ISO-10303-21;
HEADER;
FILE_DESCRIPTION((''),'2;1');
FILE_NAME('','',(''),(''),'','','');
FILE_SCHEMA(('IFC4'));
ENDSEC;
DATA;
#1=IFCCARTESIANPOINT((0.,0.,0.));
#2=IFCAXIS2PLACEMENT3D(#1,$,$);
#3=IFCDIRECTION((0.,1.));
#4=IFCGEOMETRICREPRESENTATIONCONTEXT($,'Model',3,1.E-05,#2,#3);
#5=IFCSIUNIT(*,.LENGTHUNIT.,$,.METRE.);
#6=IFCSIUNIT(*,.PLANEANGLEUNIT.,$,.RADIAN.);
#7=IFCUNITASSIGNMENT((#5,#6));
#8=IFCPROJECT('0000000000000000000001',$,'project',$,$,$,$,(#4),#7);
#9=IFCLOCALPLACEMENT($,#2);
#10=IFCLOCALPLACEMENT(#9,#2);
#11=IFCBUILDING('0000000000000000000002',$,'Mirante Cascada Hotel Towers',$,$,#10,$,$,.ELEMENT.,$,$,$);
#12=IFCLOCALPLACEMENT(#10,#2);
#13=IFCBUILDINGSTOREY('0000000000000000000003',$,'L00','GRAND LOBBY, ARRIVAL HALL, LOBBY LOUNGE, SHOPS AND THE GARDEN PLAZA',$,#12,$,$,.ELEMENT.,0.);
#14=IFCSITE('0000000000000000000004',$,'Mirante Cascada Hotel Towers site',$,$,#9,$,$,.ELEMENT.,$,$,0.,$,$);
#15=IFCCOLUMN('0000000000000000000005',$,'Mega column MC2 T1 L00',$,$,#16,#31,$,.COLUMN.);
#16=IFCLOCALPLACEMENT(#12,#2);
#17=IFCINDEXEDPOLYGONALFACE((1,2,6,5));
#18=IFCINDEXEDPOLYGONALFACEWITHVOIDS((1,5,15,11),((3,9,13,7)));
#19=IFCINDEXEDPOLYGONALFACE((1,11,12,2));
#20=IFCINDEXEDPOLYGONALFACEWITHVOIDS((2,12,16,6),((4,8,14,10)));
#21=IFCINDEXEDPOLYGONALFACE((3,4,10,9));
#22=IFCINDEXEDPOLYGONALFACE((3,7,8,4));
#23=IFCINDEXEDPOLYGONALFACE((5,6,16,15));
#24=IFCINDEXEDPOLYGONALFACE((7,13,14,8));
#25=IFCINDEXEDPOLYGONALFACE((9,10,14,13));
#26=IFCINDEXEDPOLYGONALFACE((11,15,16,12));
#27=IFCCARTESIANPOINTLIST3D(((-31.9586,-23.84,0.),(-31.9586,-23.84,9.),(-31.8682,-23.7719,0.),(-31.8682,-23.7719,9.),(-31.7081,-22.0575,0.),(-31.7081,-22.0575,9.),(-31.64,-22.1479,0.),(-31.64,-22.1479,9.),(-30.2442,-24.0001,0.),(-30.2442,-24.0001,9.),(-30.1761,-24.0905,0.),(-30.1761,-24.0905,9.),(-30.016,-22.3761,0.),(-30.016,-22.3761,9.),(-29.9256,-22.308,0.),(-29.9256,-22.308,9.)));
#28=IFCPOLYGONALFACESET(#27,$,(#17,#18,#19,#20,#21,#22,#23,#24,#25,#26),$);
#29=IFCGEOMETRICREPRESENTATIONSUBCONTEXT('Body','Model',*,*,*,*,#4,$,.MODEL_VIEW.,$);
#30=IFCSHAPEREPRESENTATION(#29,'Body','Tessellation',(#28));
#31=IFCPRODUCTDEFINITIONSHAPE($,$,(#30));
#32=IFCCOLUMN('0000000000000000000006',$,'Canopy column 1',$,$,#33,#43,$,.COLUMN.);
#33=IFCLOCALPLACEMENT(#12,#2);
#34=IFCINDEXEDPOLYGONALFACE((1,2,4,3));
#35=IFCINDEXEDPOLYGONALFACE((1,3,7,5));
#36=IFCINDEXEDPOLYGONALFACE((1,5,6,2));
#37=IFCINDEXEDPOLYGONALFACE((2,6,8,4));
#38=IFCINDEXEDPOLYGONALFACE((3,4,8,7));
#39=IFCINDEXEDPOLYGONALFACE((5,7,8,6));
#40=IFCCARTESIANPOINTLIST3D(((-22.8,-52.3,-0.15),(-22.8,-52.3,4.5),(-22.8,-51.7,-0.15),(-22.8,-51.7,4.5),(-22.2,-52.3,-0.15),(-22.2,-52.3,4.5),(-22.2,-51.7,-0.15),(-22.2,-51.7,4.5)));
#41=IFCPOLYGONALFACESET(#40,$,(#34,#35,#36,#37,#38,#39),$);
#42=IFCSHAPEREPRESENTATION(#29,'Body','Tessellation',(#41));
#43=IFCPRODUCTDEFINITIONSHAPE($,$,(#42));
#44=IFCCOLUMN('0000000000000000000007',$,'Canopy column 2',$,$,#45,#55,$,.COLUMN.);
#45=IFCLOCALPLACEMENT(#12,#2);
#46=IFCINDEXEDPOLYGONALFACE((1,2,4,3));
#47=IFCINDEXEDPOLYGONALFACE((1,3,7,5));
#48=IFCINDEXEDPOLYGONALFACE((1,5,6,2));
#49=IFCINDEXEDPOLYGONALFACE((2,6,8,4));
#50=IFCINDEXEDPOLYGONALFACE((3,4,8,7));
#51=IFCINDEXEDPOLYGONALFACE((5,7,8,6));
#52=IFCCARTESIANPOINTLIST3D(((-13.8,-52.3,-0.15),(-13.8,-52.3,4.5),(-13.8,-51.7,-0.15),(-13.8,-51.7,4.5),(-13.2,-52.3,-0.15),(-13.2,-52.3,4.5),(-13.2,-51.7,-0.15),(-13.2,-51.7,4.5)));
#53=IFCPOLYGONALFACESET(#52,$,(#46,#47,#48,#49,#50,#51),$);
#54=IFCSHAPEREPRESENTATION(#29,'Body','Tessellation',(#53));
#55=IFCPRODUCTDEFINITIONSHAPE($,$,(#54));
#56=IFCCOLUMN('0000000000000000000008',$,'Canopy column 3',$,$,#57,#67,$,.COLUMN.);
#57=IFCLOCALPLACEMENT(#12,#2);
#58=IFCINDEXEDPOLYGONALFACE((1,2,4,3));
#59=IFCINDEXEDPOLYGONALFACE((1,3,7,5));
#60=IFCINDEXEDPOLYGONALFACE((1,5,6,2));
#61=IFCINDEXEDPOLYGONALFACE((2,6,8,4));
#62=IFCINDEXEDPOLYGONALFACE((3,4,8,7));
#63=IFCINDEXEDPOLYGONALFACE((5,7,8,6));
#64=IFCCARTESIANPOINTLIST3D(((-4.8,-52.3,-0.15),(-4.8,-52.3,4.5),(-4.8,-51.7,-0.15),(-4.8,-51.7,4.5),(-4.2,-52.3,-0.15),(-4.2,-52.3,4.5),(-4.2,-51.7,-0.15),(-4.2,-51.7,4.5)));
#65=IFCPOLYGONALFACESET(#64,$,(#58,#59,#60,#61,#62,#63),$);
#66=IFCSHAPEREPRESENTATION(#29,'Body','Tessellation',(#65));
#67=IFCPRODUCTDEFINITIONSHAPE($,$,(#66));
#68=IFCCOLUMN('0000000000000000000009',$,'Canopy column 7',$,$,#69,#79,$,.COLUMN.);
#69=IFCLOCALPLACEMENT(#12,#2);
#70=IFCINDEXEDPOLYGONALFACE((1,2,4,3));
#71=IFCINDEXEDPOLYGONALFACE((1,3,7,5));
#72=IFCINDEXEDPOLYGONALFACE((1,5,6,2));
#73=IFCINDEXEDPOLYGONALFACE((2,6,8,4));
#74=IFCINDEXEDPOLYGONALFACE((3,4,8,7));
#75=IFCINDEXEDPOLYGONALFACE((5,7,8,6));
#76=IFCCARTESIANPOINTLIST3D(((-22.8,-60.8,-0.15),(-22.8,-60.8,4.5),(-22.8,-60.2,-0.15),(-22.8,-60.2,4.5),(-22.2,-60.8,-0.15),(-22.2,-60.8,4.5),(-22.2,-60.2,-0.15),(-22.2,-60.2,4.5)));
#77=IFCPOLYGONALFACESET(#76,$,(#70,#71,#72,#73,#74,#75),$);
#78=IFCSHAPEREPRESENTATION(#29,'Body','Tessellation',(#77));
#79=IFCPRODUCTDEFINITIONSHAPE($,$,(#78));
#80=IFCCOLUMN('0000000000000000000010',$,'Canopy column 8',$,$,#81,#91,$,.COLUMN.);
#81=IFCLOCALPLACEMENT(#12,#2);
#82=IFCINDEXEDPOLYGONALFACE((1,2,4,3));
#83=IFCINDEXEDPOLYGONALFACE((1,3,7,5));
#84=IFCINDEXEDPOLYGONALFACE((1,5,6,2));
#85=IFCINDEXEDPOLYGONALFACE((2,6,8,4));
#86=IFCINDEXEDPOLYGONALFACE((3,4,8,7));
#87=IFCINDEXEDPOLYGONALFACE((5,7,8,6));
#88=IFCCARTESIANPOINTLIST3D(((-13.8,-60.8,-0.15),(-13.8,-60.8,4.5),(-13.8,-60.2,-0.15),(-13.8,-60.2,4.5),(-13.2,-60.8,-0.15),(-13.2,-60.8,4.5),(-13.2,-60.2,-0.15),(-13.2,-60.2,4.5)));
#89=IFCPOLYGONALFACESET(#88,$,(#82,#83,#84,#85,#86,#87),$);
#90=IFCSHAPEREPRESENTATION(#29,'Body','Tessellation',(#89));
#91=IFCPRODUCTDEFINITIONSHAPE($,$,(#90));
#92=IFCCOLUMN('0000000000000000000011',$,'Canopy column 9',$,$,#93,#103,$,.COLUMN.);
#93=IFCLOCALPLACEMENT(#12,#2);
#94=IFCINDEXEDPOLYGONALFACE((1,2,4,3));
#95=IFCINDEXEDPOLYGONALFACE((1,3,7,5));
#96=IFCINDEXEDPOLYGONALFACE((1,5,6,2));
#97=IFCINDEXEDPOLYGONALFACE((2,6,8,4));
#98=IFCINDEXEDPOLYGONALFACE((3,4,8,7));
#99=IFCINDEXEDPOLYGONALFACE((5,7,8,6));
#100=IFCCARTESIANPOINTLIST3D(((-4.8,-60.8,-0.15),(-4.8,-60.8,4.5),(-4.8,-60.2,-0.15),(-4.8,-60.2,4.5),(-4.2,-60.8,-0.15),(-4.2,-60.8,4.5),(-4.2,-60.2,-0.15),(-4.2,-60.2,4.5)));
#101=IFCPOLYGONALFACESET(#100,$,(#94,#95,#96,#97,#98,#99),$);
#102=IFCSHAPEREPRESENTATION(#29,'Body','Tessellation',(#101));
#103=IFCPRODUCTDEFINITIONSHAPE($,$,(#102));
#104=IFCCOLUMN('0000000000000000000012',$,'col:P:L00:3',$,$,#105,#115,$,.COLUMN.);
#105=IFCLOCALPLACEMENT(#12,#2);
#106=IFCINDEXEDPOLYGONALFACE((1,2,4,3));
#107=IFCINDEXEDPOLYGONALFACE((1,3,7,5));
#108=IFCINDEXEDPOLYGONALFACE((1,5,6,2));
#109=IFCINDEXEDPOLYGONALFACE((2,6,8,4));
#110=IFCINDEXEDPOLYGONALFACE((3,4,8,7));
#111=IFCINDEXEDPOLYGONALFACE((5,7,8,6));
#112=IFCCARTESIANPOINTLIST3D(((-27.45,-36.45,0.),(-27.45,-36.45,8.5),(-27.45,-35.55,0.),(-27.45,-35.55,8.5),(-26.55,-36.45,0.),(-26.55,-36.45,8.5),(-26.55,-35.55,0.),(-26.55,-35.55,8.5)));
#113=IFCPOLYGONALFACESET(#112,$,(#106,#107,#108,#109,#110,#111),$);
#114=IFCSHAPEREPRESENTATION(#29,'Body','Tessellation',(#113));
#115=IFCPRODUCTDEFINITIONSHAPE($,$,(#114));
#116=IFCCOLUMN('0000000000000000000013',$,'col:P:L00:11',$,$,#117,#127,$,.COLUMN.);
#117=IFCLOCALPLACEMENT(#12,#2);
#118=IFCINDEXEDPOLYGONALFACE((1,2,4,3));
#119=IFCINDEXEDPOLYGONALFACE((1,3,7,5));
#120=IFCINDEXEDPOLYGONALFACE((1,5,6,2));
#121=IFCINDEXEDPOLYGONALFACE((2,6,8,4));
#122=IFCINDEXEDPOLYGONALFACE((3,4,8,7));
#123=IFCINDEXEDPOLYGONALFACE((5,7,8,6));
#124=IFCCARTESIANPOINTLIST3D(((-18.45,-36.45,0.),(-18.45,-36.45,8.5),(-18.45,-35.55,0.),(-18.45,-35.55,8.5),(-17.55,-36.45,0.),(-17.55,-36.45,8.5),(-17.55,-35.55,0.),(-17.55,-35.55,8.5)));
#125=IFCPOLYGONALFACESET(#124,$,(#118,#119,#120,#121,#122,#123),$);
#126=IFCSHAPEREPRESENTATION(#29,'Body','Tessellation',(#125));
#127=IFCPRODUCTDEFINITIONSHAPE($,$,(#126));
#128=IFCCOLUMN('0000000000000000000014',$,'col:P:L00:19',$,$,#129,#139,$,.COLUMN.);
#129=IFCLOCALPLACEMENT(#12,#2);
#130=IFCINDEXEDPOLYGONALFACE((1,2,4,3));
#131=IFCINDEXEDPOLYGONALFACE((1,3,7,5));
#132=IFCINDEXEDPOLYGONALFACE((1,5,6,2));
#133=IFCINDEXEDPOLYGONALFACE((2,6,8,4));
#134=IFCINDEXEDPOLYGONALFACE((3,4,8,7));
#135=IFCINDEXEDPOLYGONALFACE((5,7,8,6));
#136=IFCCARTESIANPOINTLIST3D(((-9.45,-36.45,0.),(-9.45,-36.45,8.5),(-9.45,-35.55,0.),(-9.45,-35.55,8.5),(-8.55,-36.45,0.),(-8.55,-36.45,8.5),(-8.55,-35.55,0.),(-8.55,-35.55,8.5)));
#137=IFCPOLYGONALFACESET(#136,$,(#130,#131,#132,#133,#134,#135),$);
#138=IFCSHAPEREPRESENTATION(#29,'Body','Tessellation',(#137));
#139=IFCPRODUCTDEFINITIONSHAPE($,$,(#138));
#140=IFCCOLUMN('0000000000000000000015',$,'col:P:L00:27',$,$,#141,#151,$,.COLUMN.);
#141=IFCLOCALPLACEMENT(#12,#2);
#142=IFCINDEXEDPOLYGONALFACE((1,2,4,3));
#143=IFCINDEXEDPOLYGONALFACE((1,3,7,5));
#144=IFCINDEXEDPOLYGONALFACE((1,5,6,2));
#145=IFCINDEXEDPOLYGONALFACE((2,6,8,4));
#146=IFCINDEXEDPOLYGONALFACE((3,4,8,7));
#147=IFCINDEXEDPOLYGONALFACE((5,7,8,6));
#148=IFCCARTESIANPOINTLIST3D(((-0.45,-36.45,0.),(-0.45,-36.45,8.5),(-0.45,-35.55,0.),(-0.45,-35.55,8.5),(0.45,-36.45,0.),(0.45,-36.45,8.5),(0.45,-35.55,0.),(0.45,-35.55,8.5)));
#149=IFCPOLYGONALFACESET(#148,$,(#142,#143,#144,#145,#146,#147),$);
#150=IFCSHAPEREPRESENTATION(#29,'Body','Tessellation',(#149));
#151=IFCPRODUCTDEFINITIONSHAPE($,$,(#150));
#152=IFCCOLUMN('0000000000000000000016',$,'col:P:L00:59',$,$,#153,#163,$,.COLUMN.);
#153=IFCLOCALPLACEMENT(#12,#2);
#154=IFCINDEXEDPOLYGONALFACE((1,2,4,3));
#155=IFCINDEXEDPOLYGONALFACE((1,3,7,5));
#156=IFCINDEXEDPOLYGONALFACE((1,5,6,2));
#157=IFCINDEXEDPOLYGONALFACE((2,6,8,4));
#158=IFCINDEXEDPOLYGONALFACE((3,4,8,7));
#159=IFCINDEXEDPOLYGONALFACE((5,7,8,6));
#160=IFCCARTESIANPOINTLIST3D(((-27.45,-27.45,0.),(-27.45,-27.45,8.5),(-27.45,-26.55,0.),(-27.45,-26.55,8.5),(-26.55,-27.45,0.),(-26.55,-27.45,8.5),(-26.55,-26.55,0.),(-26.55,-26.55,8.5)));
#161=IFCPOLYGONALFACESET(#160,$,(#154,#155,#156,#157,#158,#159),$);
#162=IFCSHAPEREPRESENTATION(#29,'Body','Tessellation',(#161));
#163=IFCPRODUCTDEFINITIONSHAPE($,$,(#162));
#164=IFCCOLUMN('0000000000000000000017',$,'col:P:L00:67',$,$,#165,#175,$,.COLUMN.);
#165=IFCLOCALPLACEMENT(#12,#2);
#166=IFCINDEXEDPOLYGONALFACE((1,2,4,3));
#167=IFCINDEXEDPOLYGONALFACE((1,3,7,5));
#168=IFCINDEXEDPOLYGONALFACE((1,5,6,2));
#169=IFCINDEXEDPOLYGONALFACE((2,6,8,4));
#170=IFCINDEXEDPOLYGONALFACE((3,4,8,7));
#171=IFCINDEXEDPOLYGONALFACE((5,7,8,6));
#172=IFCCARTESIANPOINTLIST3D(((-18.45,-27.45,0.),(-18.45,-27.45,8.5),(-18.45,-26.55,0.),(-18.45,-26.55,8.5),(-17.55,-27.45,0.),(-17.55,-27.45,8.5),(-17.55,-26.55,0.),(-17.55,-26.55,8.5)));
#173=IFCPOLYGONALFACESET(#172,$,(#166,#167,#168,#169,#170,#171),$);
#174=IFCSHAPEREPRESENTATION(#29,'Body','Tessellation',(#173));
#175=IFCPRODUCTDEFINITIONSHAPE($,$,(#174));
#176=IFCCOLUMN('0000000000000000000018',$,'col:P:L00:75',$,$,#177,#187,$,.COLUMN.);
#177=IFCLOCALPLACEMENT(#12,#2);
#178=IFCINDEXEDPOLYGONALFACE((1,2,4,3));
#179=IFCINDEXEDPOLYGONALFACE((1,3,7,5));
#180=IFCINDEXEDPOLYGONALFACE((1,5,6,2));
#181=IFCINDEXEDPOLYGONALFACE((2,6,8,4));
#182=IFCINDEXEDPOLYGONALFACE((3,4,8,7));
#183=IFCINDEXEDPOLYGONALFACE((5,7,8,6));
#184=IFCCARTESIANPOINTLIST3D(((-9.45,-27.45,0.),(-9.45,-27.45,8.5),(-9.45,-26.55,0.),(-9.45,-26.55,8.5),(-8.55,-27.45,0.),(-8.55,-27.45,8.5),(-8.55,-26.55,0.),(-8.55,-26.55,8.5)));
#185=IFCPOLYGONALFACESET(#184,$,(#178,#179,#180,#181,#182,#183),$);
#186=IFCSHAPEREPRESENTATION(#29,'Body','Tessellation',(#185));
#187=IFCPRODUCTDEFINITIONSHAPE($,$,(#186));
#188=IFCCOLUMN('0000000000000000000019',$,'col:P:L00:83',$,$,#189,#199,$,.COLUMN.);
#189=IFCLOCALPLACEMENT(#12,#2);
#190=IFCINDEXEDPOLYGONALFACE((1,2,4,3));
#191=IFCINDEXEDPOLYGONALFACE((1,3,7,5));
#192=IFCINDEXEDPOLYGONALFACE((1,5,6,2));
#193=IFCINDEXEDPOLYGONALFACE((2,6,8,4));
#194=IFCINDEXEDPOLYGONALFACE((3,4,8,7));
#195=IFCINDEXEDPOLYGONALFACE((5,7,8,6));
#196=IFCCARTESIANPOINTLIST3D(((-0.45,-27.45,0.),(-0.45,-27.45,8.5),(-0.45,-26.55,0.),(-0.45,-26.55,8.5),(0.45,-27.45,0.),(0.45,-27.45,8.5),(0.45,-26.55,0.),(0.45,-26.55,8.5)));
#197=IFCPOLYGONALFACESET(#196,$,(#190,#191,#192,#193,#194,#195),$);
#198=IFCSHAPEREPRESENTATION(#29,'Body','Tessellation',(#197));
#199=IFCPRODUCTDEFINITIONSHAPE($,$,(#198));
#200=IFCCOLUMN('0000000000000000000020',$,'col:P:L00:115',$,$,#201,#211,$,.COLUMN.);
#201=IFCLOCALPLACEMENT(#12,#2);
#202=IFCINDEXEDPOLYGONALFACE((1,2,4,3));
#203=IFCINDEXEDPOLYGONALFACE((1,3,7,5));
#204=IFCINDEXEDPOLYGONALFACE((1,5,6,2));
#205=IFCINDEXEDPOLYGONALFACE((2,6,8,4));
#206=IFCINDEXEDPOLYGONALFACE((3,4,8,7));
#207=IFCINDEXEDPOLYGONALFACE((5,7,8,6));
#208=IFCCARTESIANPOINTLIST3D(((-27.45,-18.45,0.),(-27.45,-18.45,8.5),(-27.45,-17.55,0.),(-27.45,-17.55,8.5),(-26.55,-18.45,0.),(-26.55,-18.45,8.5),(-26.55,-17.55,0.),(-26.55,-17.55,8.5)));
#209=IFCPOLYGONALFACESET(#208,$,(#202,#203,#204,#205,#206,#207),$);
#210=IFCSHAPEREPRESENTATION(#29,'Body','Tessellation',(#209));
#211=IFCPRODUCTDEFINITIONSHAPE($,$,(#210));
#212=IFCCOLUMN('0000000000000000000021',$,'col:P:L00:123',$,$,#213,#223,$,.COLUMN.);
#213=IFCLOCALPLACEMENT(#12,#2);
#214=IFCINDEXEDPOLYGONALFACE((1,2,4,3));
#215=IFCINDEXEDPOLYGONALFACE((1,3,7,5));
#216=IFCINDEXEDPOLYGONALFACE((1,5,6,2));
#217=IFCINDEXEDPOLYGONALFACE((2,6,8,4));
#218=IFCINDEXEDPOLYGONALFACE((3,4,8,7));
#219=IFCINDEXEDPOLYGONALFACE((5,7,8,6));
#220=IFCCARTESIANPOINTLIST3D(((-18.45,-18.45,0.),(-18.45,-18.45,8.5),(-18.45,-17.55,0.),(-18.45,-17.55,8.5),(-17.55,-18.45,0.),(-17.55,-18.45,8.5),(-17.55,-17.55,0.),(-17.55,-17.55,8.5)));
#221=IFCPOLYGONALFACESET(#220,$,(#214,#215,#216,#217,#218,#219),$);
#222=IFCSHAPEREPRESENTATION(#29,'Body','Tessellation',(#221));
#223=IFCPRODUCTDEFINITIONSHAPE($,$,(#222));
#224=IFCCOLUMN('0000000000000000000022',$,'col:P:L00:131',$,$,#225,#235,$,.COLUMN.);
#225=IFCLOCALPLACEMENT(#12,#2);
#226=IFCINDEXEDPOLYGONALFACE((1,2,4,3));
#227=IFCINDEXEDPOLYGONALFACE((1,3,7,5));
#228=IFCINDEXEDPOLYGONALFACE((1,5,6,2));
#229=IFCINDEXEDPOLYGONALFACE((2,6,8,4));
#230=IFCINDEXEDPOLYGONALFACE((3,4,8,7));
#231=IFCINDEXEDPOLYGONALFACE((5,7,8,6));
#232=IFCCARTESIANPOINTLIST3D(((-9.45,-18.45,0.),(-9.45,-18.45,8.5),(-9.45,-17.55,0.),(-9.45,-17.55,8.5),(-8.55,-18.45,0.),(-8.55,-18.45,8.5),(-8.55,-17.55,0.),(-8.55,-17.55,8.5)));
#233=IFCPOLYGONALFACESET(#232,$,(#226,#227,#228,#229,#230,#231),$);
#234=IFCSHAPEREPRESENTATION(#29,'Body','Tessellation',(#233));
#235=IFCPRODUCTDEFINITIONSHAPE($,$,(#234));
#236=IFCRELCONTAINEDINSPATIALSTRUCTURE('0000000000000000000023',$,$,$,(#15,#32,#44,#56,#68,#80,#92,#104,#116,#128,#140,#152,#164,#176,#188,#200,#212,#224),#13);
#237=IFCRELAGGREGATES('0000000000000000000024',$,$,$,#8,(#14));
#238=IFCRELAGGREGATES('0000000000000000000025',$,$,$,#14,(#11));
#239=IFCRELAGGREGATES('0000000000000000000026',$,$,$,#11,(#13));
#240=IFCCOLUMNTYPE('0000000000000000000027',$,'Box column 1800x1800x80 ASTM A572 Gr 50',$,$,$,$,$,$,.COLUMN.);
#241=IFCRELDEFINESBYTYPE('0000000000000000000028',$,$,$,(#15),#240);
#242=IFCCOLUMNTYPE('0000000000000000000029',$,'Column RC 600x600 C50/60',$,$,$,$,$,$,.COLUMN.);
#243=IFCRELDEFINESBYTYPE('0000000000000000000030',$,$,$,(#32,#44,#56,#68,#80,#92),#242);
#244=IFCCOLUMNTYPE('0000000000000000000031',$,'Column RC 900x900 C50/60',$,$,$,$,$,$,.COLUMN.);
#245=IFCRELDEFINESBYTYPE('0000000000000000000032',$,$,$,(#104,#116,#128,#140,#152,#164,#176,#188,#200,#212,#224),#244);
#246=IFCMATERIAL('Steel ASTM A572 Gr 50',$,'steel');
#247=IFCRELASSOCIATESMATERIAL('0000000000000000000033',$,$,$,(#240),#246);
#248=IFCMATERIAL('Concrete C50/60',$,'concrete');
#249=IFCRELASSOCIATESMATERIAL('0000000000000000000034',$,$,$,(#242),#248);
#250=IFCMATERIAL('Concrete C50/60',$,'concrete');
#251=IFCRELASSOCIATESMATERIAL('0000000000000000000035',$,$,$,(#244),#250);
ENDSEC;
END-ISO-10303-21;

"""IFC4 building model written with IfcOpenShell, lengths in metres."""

from ifc_helpers import new_model, si_unit, direction, frame, origin, origin_2d, place, context, subcontext, project, spatial, rectangle, hollow_rectangle, extrude, material, material_profile, profile_set, type_object, element, save


model = new_model("IFC4")

# Units and contexts
model_context = context("Model", 3, precision=1e-05, world=origin(), true_north=direction((0.0, 1.0)))
body_context = subcontext(model_context, "Body", "Model", "MODEL_VIEW")
ifc_project = project(units=[si_unit("LENGTHUNIT", "METRE"), si_unit("PLANEANGLEUNIT", "RADIAN")], contexts=[model_context])

# Site, building, storey
site_placement = place(None, origin())
site = spatial("IfcSite", under=ifc_project, at=site_placement, Name="Mirante Cascada Hotel Towers site", CompositionType="ELEMENT", RefElevation=0.0)
building_placement = place(site_placement, origin())
building = spatial("IfcBuilding", under=site, at=building_placement, Name="Mirante Cascada Hotel Towers", CompositionType="ELEMENT")
storey_placement = place(building_placement, origin())
storey = spatial("IfcBuildingStorey", under=building, at=storey_placement, Name="L00", Description="GRAND LOBBY, ARRIVAL HALL, LOBBY LOUNGE, SHOPS AND THE GARDEN PLAZA", CompositionType="ELEMENT", Elevation=0.0)

# Columns
ifc_material_1 = material(Name="Steel ASTM A572 Gr 50", Category="steel")
ifc_material_profile_1 = material_profile(ifc_material_1, hollow_rectangle(XDim=1.8, YDim=1.8, WallThickness=0.08, at=origin_2d()), Name="Box column 1800x1800x80 ASTM A572 Gr 50")
ifc_profile_set_1 = profile_set([ifc_material_profile_1], Name="Steel ASTM A572 Gr 50")
column_type_1 = type_object("IfcColumnType", Name="Box column 1800x1800x80 ASTM A572 Gr 50", PredefinedType="COLUMN", material=ifc_profile_set_1)
column_placement = place(storey_placement, frame((-30.9421, -23.074, 0.0), z_axis=(0.0, 0.0, 1.0), x_axis=(-0.990268, 0.139173, 0.0)))
element("IfcColumn", 1, at=column_placement, inside=storey, type_object=column_type_1, Name="Mega column MC2 T1 L00", PredefinedType="COLUMN", context=body_context, shape_type="SweptSolid", body=[
    extrude(hollow_rectangle(XDim=1.8, YDim=1.8, WallThickness=0.08, at=origin_2d()), origin(), (0.0, 0.0, 1.0), 9.0),
])
ifc_material_2 = material(Name="Concrete C50/60", Category="concrete")
ifc_material_profile_2 = material_profile(ifc_material_2, rectangle(XDim=0.6, YDim=0.6, at=origin_2d()), Name="RC 600x600")
ifc_profile_set_2 = profile_set([ifc_material_profile_2], Name="Concrete C50/60")
column_type_2 = type_object("IfcColumnType", Name="Column RC 600x600 C50/60", PredefinedType="COLUMN", material=ifc_profile_set_2)
for number, where, z_axis, x_axis, name in (
    (2, (-22.5, -52.0, -0.15), (0.0, 0.0, 1.0), (1.0, 0.0, 0.0), "Canopy column 1"),
    (3, (-13.5, -52.0, -0.15), (0.0, 0.0, 1.0), (1.0, 0.0, 0.0), "Canopy column 2"),
    (4, (-4.5, -52.0, -0.15), (0.0, 0.0, 1.0), (1.0, 0.0, 0.0), "Canopy column 3"),
    (5, (-22.5, -60.5, -0.15), (0.0, 0.0, 1.0), (1.0, 0.0, 0.0), "Canopy column 7"),
    (6, (-13.5, -60.5, -0.15), (0.0, 0.0, 1.0), (1.0, 0.0, 0.0), "Canopy column 8"),
    (7, (-4.5, -60.5, -0.15), (0.0, 0.0, 1.0), (1.0, 0.0, 0.0), "Canopy column 9"),
):
    element("IfcColumn", number, at=place(storey_placement, frame(where, z_axis=z_axis, x_axis=x_axis)), inside=storey, type_object=column_type_2, Name=name, PredefinedType="COLUMN", context=body_context, shape_type="SweptSolid", body=[
        extrude(rectangle(XDim=0.6, YDim=0.6, at=origin_2d()), origin(), (0.0, 0.0, 1.0), 4.65),
    ])
ifc_material_3 = material(Name="Concrete C50/60", Category="concrete")
ifc_material_profile_3 = material_profile(ifc_material_3, rectangle(XDim=0.9, YDim=0.9, at=origin_2d()), Name="RC 900x900")
ifc_profile_set_3 = profile_set([ifc_material_profile_3], Name="Concrete C50/60")
column_type_3 = type_object("IfcColumnType", Name="Column RC 900x900 C50/60", PredefinedType="COLUMN", material=ifc_profile_set_3)
for number, where, z_axis, x_axis, name in (
    (8, (-27.0, -36.0, 0.0), (0.0, 0.0, 1.0), (1.0, 0.0, 0.0), "col:P:L00:3"),
    (9, (-18.0, -36.0, 0.0), (0.0, 0.0, 1.0), (1.0, 0.0, 0.0), "col:P:L00:11"),
    (10, (-9.0, -36.0, 0.0), (0.0, 0.0, 1.0), (1.0, 0.0, 0.0), "col:P:L00:19"),
    (11, (0.0, -36.0, 0.0), (0.0, 0.0, 1.0), (1.0, 0.0, 0.0), "col:P:L00:27"),
    (12, (-27.0, -27.0, 0.0), (0.0, 0.0, 1.0), (1.0, 0.0, 0.0), "col:P:L00:59"),
    (13, (-18.0, -27.0, 0.0), (0.0, 0.0, 1.0), (1.0, 0.0, 0.0), "col:P:L00:67"),
    (14, (-9.0, -27.0, 0.0), (0.0, 0.0, 1.0), (1.0, 0.0, 0.0), "col:P:L00:75"),
    (15, (0.0, -27.0, 0.0), (0.0, 0.0, 1.0), (1.0, 0.0, 0.0), "col:P:L00:83"),
    (16, (-27.0, -18.0, 0.0), (0.0, 0.0, 1.0), (1.0, 0.0, 0.0), "col:P:L00:115"),
    (17, (-18.0, -18.0, 0.0), (0.0, 0.0, 1.0), (1.0, 0.0, 0.0), "col:P:L00:123"),
    (18, (-9.0, -18.0, 0.0), (0.0, 0.0, 1.0), (1.0, 0.0, 0.0), "col:P:L00:131"),
):
    element("IfcColumn", number, at=place(storey_placement, frame(where, z_axis=z_axis, x_axis=x_axis)), inside=storey, type_object=column_type_3, Name=name, PredefinedType="COLUMN", context=body_context, shape_type="SweptSolid", body=[
        extrude(rectangle(XDim=0.9, YDim=0.9, at=origin_2d()), origin(), (0.0, 0.0, 1.0), 8.5),
    ])

save(model, "model.ifc")
